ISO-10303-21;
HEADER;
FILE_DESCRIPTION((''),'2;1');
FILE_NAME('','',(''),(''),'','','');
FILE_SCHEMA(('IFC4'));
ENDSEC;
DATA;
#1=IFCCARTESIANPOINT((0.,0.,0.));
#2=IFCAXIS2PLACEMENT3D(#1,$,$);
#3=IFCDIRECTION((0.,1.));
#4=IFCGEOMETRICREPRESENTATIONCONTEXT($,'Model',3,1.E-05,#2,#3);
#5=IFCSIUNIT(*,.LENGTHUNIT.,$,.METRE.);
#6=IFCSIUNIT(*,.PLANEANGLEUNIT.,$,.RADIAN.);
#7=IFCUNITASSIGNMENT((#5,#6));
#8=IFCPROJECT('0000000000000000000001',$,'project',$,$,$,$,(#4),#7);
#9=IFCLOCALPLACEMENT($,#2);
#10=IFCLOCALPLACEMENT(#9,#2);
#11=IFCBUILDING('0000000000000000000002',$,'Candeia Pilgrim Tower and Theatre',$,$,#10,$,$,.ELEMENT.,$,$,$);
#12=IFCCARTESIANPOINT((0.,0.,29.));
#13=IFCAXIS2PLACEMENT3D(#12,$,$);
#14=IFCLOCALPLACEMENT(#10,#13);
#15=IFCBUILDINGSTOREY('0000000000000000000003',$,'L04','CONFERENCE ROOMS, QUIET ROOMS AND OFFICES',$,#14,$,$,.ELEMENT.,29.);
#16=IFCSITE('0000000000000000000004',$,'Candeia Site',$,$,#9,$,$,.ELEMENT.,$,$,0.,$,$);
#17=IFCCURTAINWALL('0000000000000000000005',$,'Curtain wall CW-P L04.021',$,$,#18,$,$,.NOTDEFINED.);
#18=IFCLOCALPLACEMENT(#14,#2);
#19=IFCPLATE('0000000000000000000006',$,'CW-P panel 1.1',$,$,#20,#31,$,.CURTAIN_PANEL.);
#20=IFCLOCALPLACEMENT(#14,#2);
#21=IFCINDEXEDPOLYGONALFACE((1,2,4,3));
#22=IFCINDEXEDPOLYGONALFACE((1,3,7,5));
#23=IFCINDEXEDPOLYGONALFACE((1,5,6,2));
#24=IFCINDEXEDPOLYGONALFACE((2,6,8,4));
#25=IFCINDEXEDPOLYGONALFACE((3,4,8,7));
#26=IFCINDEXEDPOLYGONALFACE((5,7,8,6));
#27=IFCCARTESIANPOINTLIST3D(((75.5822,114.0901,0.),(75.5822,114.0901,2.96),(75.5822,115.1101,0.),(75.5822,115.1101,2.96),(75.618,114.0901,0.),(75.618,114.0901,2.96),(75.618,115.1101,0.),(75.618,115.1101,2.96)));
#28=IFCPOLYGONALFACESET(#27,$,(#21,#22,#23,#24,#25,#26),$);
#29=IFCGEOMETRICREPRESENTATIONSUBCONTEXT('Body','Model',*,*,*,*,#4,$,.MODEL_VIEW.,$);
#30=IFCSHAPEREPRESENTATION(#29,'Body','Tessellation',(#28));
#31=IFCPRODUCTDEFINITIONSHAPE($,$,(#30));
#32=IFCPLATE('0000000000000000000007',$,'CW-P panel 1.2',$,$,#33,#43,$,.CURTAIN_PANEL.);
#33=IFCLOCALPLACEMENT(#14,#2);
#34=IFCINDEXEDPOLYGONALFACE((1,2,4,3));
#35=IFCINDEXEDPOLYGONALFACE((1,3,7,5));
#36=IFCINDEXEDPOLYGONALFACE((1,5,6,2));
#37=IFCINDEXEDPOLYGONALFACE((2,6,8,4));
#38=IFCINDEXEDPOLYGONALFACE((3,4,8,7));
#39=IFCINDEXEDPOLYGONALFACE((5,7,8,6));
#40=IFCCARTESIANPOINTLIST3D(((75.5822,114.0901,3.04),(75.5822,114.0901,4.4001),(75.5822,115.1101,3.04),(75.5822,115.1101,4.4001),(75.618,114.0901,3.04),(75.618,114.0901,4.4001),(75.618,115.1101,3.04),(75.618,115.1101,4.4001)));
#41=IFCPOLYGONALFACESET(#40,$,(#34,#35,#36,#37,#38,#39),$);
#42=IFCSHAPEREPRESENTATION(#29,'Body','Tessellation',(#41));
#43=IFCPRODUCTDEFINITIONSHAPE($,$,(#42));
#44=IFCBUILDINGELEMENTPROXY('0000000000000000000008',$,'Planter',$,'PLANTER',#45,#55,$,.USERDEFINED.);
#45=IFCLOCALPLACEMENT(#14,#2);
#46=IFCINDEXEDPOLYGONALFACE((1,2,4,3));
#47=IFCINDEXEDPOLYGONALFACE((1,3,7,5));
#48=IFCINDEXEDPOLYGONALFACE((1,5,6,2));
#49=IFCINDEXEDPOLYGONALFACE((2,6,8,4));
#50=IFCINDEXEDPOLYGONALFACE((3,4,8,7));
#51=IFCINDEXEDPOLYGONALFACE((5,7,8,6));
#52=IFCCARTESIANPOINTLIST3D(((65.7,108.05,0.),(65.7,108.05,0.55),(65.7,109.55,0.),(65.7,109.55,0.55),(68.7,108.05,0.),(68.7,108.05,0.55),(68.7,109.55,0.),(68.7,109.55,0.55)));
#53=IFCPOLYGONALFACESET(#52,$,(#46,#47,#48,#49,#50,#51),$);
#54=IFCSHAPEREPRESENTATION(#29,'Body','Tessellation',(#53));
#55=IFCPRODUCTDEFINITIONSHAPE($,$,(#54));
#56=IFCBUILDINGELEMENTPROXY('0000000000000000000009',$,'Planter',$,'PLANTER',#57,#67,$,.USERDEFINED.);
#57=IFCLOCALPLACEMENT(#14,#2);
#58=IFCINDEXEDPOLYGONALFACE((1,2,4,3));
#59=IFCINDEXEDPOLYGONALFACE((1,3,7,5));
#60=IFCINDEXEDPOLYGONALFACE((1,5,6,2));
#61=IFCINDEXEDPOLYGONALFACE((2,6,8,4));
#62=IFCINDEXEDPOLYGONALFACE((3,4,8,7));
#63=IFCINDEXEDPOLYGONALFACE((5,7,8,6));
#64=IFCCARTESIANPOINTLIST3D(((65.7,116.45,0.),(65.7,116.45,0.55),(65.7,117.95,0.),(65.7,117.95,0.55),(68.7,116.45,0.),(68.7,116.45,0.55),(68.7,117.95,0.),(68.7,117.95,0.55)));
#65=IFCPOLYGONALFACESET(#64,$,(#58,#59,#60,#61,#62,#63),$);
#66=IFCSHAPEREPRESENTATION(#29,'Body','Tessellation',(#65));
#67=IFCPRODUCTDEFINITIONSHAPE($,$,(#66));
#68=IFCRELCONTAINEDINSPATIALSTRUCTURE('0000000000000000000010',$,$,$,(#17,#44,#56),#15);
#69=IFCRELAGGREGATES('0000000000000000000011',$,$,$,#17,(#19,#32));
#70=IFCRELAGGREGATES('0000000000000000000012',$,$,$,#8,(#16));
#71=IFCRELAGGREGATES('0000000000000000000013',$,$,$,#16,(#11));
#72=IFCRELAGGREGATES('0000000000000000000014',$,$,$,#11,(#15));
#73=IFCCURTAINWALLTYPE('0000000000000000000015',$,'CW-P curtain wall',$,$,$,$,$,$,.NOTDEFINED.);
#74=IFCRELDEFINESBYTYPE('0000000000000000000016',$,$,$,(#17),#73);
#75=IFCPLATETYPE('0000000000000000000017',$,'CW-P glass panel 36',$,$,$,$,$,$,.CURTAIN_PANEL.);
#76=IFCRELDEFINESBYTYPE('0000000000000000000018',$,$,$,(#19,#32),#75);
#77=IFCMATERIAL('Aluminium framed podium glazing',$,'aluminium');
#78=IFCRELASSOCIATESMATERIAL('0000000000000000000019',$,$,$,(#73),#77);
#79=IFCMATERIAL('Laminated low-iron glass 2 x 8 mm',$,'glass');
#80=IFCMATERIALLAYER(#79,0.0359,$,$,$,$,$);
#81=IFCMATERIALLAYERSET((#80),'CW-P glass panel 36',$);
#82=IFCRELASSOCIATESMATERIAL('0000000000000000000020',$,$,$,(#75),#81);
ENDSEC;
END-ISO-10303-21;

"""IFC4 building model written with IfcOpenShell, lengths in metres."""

from ifc_helpers import new_model, si_unit, direction, frame, origin, origin_2d, place, context, subcontext, project, spatial, rectangle, extrude, material, layer, layer_set, type_object, element, aggregate, save


model = new_model("IFC4")

# Units and contexts
model_context = context("Model", 3, precision=1e-05, world=origin(), true_north=direction((0.0, 1.0)))
body_context = subcontext(model_context, "Body", "Model", "MODEL_VIEW")
ifc_project = project(units=[si_unit("LENGTHUNIT", "METRE"), si_unit("PLANEANGLEUNIT", "RADIAN")], contexts=[model_context])

# Site, building, storey
site_placement = place(None, origin())
site = spatial("IfcSite", under=ifc_project, at=site_placement, Name="Candeia Site", CompositionType="ELEMENT", RefElevation=0.0)
building_placement = place(site_placement, origin())
building = spatial("IfcBuilding", under=site, at=building_placement, Name="Candeia Pilgrim Tower and Theatre", CompositionType="ELEMENT")
storey_placement = place(building_placement, frame((0.0, 0.0, 29.0)))
storey = spatial("IfcBuildingStorey", under=building, at=storey_placement, Name="L04", Description="CONFERENCE ROOMS, QUIET ROOMS AND OFFICES", CompositionType="ELEMENT", Elevation=29.0)

# Shared definitions
ifc_material_1 = material(Name="Aluminium framed podium glazing", Category="aluminium")
curtain_wall_type = type_object("IfcCurtainWallType", Name="CW-P curtain wall", PredefinedType="NOTDEFINED", material=ifc_material_1)

# Curtain wall
curtain_wall_1_placement = place(storey_placement, origin())
curtain_wall_1 = element("IfcCurtainWall", 1, at=curtain_wall_1_placement, inside=storey, type_object=curtain_wall_type, Name="Curtain wall CW-P L04.021", PredefinedType="NOTDEFINED")

# Plates
ifc_material_2 = material(Name="Laminated low-iron glass 2 x 8 mm", Category="glass")
ifc_layer_1 = layer(ifc_material_2, 0.0359)
ifc_layer_set_1 = layer_set([ifc_layer_1], Name="CW-P glass panel 36")
plate_type = type_object("IfcPlateType", Name="CW-P glass panel 36", PredefinedType="CURTAIN_PANEL", material=ifc_layer_set_1)
plate_1_placement = place(storey_placement, frame((75.6001, 114.6001, 0.0), z_axis=(0.0, 0.0, 1.0), x_axis=(0.0, 1.0, 0.0)))
plate_1 = element("IfcPlate", 2, at=plate_1_placement, type_object=plate_type, Name="CW-P panel 1.1", PredefinedType="CURTAIN_PANEL", context=body_context, shape_type="SweptSolid", body=[
    extrude(rectangle(XDim=1.02, YDim=0.0359, at=origin_2d()), origin(), (0.0, 0.0, 1.0), 2.96),
])
plate_2_placement = place(storey_placement, frame((75.6001, 114.6001, 3.04), z_axis=(0.0, 0.0, 1.0), x_axis=(0.0, 1.0, 0.0)))
plate_2 = element("IfcPlate", 3, at=plate_2_placement, type_object=plate_type, Name="CW-P panel 1.2", PredefinedType="CURTAIN_PANEL", context=body_context, shape_type="SweptSolid", body=[
    extrude(rectangle(XDim=1.02, YDim=0.0359, at=origin_2d()), origin(), (0.0, 0.0, 1.0), 1.3601),
])
aggregate(curtain_wall_1, [plate_1, plate_2])

# Building element proxies
for number, where, z_axis, x_axis, name in (
    (4, (67.2, 108.8, 0.0), (0.0, 0.0, 1.0), (1.0, 0.0, 0.0), "Planter"),
    (5, (67.2, 117.2, 0.0), (0.0, 0.0, 1.0), (1.0, 0.0, 0.0), "Planter"),
):
    element("IfcBuildingElementProxy", number, at=place(storey_placement, frame(where, z_axis=z_axis, x_axis=x_axis)), inside=storey, Name=name, ObjectType="PLANTER", PredefinedType="USERDEFINED", context=body_context, shape_type="SweptSolid", body=[
        extrude(rectangle(XDim=3.0, YDim=1.5, at=origin_2d()), origin(), (0.0, 0.0, 1.0), 0.55),
    ])

save(model, "model.ifc")
